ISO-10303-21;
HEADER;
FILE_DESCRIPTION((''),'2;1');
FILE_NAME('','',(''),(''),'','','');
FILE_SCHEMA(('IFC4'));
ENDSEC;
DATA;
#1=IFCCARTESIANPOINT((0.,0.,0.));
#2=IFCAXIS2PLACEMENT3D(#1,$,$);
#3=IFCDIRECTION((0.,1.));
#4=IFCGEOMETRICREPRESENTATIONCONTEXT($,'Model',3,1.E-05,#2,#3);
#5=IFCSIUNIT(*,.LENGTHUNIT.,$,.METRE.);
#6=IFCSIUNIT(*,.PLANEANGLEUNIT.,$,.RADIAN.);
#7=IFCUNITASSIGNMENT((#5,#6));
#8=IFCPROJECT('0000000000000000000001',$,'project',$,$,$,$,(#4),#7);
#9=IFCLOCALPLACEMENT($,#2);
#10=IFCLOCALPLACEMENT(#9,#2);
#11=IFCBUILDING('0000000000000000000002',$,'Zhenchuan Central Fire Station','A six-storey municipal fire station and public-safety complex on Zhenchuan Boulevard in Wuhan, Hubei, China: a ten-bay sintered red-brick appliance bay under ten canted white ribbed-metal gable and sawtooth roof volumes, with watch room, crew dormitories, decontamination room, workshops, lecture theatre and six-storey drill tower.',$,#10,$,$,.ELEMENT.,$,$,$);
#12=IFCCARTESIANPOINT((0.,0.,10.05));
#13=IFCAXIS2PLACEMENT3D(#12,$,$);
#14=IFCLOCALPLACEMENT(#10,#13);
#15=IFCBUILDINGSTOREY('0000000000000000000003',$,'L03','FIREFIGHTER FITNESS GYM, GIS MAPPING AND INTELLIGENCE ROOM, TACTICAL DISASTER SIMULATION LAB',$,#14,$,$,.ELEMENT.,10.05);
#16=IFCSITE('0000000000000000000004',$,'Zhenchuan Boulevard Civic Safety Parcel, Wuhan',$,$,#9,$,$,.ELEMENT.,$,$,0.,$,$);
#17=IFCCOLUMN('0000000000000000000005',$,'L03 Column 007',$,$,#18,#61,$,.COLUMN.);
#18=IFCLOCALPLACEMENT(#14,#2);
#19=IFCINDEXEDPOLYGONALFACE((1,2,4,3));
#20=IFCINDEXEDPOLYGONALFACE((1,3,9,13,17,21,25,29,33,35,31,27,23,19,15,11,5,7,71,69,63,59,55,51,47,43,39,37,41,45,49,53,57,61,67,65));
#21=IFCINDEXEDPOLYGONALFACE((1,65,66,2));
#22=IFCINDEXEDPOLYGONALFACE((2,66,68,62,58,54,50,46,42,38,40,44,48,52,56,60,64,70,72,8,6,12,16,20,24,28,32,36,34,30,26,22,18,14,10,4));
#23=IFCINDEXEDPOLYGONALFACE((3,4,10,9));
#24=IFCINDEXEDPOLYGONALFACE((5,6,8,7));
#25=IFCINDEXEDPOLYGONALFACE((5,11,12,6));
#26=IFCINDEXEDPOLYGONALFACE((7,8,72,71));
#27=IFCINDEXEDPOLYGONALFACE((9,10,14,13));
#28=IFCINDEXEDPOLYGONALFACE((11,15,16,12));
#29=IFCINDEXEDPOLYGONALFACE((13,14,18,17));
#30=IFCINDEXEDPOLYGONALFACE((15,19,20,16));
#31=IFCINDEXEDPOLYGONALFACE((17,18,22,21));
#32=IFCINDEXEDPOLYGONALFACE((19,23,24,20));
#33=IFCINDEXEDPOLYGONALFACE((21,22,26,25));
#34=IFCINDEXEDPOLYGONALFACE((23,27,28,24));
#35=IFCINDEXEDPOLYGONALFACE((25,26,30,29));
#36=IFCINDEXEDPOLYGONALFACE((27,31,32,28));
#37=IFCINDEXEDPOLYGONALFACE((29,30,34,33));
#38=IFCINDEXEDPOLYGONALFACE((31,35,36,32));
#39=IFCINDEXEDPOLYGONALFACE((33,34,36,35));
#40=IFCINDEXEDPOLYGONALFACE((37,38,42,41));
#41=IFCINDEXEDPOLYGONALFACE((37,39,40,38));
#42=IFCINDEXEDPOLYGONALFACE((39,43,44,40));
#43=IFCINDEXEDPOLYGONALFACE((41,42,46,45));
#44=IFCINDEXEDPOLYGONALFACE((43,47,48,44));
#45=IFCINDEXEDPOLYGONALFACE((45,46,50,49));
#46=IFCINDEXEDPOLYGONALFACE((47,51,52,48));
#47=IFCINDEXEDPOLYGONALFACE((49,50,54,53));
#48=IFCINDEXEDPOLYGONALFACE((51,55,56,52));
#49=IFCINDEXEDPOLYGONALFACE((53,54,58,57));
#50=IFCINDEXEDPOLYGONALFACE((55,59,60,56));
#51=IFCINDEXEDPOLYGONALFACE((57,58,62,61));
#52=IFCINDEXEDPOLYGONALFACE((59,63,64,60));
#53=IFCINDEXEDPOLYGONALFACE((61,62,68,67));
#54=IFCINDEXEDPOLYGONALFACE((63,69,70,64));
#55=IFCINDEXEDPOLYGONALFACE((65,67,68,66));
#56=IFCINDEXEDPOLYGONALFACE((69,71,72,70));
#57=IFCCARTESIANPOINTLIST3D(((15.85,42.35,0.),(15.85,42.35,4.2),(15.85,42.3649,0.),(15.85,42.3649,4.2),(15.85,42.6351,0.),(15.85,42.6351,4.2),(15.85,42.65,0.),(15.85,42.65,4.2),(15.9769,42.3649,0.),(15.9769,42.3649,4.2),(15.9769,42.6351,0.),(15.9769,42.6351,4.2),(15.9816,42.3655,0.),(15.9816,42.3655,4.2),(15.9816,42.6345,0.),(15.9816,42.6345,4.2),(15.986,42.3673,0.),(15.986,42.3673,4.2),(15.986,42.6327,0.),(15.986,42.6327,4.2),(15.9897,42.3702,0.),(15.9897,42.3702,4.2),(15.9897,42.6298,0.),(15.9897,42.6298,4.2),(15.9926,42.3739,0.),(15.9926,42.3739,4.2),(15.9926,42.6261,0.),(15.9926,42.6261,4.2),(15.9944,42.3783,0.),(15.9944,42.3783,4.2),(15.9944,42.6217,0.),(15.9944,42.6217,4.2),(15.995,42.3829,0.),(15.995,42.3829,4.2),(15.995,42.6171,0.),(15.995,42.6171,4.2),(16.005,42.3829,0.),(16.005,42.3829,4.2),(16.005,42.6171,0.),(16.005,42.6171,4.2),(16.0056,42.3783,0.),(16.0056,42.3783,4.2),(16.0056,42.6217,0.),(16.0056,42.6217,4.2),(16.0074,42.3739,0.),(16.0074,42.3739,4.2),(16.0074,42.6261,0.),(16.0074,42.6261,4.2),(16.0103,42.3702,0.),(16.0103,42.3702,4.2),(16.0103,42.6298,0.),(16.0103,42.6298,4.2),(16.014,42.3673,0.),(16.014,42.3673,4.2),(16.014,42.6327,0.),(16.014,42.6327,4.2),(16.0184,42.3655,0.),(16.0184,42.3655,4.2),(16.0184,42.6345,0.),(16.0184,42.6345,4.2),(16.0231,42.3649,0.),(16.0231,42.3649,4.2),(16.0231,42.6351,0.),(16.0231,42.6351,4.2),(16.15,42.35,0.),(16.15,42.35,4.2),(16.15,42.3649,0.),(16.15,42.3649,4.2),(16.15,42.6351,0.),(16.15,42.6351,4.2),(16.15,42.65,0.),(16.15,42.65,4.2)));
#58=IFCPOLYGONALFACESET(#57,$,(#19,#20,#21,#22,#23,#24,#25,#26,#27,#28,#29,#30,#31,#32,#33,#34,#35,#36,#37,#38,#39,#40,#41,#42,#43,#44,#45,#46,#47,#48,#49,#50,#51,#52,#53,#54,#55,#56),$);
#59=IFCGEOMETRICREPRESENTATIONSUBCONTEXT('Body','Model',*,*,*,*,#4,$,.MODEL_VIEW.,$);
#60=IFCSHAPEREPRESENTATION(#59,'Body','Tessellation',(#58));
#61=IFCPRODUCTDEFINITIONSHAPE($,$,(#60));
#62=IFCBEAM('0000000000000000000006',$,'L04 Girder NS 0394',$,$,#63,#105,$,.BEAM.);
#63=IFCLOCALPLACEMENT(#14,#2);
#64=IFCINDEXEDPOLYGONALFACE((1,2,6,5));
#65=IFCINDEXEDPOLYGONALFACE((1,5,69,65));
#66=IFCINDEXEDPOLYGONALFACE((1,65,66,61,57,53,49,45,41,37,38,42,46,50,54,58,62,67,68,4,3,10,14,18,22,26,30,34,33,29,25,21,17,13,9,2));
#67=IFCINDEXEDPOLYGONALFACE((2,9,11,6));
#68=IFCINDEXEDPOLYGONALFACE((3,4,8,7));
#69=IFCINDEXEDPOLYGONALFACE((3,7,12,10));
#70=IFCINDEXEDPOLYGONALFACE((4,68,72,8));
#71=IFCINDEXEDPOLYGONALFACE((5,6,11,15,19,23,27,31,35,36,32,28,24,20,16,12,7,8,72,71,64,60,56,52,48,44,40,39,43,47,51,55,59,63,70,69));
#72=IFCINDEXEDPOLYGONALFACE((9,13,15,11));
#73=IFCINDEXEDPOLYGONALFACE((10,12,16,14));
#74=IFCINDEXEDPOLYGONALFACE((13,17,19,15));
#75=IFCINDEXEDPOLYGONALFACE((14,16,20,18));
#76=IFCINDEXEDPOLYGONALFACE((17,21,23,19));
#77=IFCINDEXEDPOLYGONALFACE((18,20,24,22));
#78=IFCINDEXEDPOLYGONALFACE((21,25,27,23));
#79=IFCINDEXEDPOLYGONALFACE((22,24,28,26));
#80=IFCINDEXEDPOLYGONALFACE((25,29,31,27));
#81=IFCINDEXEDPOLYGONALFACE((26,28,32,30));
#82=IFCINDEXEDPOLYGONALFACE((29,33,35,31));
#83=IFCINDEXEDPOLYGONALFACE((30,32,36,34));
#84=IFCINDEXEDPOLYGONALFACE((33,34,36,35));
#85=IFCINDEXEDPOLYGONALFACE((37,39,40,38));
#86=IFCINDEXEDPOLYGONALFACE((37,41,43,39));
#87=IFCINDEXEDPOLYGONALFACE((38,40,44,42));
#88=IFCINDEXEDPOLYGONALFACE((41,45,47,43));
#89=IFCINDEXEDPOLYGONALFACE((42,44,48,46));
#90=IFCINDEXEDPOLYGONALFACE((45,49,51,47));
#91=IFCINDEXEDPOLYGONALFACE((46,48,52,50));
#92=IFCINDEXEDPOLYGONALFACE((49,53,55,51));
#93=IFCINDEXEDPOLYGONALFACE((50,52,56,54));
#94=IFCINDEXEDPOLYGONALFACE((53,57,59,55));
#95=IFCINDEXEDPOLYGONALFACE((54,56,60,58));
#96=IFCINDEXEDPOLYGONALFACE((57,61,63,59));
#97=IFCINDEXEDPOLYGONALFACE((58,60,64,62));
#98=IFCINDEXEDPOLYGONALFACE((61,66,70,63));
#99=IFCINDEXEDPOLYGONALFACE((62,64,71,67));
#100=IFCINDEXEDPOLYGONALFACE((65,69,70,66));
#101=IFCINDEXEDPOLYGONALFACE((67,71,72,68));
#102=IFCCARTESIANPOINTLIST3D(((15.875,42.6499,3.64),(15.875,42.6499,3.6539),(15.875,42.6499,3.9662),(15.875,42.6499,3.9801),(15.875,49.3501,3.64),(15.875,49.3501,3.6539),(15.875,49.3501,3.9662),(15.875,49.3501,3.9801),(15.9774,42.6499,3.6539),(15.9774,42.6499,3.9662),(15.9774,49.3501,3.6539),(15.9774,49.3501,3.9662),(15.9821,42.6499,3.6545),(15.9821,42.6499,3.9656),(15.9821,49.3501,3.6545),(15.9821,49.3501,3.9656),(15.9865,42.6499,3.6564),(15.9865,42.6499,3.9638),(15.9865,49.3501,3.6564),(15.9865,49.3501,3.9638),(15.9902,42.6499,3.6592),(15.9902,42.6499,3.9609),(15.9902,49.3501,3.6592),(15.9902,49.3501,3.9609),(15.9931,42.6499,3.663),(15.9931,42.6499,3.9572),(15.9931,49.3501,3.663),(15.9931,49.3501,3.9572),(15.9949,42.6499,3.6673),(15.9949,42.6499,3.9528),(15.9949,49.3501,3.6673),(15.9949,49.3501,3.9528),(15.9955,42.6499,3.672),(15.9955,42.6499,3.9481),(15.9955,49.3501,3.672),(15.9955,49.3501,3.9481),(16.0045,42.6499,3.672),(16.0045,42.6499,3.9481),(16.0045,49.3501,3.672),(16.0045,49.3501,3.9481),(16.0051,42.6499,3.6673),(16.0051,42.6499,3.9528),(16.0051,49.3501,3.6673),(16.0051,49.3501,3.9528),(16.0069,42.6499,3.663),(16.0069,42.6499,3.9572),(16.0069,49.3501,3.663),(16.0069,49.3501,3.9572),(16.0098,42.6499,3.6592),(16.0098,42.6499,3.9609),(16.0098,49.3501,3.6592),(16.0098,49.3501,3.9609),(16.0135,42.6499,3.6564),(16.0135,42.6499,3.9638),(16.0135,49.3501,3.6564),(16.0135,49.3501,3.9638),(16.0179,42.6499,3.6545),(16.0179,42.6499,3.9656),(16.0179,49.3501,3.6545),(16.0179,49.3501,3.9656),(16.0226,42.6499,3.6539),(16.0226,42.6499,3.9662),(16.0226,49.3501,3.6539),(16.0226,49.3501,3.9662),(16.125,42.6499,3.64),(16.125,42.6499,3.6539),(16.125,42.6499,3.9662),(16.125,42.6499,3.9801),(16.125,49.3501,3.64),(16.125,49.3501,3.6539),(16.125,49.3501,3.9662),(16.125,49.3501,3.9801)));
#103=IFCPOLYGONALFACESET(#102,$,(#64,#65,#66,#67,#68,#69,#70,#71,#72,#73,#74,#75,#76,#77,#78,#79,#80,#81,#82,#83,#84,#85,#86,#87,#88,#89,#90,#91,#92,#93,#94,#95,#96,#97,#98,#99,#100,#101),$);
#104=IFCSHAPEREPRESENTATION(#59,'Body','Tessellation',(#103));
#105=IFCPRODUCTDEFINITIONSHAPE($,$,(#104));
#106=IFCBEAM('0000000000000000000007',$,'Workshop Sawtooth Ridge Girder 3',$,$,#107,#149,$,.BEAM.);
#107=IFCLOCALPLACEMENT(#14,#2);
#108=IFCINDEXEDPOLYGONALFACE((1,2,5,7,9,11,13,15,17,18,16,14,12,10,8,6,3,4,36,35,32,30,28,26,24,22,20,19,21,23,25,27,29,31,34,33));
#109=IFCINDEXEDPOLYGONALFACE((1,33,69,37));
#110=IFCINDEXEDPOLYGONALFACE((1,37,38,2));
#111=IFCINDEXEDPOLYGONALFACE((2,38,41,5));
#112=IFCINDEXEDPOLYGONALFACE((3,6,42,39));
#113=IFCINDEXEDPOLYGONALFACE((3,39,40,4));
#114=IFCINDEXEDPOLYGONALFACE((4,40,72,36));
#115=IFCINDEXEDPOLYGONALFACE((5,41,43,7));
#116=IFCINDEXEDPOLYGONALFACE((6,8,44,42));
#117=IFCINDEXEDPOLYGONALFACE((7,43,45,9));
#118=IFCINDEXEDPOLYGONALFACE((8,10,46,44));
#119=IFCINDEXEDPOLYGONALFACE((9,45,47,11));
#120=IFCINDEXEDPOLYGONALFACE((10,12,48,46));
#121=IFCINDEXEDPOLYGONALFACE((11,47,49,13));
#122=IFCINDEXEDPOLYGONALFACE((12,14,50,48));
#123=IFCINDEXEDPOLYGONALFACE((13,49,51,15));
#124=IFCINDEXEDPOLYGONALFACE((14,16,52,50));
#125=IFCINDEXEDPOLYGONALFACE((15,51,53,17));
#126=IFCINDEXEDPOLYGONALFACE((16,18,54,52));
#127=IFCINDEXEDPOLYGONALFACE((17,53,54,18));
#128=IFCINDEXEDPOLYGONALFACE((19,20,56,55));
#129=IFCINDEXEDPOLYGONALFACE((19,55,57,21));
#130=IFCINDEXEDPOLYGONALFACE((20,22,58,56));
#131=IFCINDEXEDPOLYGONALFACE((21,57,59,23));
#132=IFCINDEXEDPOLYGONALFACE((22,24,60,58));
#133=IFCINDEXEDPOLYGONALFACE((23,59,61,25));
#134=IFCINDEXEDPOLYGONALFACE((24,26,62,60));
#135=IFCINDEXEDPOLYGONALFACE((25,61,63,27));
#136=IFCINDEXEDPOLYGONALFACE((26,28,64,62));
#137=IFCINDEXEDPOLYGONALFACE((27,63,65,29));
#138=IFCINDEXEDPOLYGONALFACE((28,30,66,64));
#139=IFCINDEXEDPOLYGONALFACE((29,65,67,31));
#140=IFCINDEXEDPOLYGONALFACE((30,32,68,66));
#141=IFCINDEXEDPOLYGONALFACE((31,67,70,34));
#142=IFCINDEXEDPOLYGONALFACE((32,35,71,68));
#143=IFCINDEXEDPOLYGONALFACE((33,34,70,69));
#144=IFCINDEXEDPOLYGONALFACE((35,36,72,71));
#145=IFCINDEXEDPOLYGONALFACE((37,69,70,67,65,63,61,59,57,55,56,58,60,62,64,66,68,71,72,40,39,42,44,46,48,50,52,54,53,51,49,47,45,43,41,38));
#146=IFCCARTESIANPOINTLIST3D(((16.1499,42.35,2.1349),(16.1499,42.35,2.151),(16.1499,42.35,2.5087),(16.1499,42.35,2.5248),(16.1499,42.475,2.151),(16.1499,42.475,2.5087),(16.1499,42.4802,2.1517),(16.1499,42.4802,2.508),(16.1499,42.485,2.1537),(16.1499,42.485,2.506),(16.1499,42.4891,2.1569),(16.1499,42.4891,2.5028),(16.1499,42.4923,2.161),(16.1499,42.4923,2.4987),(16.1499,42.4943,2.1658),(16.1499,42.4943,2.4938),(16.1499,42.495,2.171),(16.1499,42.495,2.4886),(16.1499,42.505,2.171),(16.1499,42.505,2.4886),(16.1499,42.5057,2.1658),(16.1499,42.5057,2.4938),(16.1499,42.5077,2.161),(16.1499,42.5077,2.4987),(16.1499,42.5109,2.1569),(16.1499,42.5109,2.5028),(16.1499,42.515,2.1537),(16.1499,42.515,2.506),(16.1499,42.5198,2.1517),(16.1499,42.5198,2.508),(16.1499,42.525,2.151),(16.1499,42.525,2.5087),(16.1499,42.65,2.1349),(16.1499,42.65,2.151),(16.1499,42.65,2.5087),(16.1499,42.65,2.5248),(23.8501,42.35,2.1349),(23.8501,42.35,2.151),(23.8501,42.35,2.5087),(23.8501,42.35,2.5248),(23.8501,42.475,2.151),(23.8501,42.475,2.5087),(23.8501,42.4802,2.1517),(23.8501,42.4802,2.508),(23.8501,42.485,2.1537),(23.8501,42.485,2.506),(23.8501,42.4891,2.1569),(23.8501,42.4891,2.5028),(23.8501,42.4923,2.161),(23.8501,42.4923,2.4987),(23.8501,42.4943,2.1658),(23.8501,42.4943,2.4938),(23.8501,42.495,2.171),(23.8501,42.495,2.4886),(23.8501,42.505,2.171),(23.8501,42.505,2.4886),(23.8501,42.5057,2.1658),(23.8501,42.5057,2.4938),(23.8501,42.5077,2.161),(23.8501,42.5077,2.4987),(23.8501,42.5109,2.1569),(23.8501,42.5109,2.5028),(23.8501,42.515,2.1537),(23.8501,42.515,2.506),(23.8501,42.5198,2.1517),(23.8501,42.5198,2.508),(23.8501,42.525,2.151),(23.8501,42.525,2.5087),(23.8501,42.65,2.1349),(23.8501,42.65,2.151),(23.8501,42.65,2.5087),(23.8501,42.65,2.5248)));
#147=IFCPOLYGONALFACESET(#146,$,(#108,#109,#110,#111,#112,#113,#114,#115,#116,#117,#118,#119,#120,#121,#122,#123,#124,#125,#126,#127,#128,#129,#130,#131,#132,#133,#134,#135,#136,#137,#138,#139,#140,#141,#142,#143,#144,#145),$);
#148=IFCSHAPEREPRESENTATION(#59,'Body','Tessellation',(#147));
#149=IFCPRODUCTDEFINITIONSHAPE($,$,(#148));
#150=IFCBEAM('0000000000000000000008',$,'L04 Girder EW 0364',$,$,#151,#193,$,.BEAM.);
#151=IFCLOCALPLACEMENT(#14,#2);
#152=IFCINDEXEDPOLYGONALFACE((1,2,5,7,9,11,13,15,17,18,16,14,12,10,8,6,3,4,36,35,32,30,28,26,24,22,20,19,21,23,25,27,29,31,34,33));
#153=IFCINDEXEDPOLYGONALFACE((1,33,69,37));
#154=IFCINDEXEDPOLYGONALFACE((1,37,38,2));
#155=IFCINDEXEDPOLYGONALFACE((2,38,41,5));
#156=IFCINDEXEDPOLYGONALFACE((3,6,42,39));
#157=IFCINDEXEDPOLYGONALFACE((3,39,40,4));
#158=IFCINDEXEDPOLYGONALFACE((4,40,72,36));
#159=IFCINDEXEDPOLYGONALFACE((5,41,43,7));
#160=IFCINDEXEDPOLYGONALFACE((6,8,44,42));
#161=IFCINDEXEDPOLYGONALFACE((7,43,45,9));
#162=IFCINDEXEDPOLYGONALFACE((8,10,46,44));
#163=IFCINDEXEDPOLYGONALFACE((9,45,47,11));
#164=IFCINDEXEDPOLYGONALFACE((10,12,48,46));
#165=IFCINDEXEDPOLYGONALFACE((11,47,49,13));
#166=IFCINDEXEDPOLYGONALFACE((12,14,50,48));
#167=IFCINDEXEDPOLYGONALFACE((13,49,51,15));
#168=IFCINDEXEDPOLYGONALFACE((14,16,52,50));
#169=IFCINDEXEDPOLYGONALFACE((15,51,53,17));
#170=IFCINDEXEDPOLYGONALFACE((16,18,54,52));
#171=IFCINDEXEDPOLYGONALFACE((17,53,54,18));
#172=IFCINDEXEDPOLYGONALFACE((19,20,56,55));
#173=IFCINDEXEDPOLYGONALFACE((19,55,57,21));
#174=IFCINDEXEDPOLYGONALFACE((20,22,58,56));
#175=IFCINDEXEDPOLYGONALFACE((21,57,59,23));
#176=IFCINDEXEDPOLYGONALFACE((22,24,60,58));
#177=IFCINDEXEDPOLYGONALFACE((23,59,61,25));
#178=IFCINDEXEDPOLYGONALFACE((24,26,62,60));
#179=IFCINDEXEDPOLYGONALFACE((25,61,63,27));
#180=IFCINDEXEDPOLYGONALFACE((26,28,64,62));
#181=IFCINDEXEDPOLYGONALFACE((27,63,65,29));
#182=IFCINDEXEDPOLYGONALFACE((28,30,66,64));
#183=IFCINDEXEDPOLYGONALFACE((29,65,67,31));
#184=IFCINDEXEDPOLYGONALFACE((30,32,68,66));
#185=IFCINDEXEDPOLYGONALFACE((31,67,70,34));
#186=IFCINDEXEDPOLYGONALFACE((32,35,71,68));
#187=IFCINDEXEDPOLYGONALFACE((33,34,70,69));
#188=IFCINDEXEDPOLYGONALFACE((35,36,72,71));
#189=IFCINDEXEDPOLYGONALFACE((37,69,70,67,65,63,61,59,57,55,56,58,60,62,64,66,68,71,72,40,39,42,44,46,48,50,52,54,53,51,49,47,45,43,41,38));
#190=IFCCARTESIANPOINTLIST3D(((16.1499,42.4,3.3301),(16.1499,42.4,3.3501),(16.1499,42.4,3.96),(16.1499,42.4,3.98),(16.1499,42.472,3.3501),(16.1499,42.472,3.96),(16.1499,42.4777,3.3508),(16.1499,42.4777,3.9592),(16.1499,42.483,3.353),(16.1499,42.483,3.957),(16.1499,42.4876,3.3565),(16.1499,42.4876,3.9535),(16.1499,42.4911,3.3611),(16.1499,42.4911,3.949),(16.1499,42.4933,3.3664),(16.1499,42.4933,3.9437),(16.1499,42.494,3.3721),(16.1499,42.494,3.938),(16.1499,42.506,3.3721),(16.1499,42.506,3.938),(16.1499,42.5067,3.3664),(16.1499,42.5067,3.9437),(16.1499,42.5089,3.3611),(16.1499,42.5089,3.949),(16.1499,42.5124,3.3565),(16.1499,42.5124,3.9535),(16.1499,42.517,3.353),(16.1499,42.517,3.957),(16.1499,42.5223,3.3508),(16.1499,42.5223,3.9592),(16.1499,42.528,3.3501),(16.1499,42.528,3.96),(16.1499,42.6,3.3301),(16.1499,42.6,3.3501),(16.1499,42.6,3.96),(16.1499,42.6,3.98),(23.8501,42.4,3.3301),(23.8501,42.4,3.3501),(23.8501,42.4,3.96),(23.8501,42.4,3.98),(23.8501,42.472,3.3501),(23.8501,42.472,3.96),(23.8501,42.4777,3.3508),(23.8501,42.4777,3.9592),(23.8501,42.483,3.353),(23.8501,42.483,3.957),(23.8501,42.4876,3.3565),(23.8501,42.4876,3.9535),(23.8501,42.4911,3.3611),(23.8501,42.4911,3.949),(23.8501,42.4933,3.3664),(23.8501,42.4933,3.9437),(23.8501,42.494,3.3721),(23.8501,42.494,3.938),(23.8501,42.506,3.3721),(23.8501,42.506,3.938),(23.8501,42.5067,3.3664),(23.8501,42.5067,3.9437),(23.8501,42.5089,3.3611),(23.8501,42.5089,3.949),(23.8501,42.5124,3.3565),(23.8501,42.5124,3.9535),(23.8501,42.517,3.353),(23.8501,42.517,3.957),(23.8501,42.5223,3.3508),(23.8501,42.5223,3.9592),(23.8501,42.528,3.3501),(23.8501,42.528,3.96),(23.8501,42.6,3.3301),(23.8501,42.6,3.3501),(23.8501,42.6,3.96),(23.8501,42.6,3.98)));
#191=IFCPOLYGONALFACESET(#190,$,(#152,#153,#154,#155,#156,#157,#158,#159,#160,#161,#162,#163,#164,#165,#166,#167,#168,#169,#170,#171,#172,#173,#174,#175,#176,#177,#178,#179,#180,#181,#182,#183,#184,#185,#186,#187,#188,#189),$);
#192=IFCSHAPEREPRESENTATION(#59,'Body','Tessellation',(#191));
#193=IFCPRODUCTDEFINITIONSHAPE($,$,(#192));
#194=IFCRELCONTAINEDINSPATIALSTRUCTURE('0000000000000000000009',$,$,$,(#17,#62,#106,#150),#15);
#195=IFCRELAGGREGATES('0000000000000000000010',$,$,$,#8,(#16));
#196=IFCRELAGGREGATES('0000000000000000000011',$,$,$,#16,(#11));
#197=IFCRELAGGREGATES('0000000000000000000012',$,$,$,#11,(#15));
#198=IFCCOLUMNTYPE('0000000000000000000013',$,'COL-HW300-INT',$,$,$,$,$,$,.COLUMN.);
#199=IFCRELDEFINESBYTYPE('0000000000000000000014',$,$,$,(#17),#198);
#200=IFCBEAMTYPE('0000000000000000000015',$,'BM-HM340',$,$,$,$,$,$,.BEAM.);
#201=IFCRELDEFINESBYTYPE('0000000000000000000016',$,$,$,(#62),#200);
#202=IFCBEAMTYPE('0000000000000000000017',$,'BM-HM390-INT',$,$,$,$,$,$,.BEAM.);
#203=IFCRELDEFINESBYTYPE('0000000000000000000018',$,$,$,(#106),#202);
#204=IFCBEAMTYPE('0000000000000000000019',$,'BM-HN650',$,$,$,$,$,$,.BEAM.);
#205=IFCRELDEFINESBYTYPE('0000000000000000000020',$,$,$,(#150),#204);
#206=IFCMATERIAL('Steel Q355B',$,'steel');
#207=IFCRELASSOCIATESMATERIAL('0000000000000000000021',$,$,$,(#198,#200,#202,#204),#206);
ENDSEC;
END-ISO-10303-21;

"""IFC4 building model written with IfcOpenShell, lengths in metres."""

from ifc_helpers import new_model, si_unit, direction, frame, origin, origin_2d, place, context, subcontext, project, spatial, i_section, extrude, material, material_profile, profile_set, type_object, element, save


model = new_model("IFC4")

# Units and contexts
model_context = context("Model", 3, precision=1e-05, world=origin(), true_north=direction((0.0, 1.0)))
body_context = subcontext(model_context, "Body", "Model", "MODEL_VIEW")
ifc_project = project(units=[si_unit("LENGTHUNIT", "METRE"), si_unit("PLANEANGLEUNIT", "RADIAN")], contexts=[model_context])

# Site, building, storey
site_placement = place(None, origin())
site = spatial("IfcSite", under=ifc_project, at=site_placement, Name="Zhenchuan Boulevard Civic Safety Parcel, Wuhan", CompositionType="ELEMENT", RefElevation=0.0)
building_placement = place(site_placement, origin())
building = spatial("IfcBuilding", under=site, at=building_placement, Name="Zhenchuan Central Fire Station", Description="A six-storey municipal fire station and public-safety complex on Zhenchuan Boulevard in Wuhan, Hubei, China: a ten-bay sintered red-brick appliance bay under ten canted white ribbed-metal gable and sawtooth roof volumes, with watch room, crew dormitories, decontamination room, workshops, lecture theatre and six-storey drill tower.", CompositionType="ELEMENT")
storey_placement = place(building_placement, frame((0.0, 0.0, 10.05)))
storey = spatial("IfcBuildingStorey", under=building, at=storey_placement, Name="L03", Description="FIREFIGHTER FITNESS GYM, GIS MAPPING AND INTELLIGENCE ROOM, TACTICAL DISASTER SIMULATION LAB", CompositionType="ELEMENT", Elevation=10.05)

# Column
ifc_material_1 = material(Name="Steel Q355B", Category="steel")
ifc_material_profile_1 = material_profile(ifc_material_1, i_section(OverallWidth=0.3, OverallDepth=0.3, WebThickness=0.01, FlangeThickness=0.0149, FilletRadius=0.0181, at=origin_2d()), Name="HW 300x300")
ifc_profile_set_1 = profile_set([ifc_material_profile_1], Name="Steel Q355B")
column_type = type_object("IfcColumnType", Name="COL-HW300-INT", PredefinedType="COLUMN", material=ifc_profile_set_1)
column_placement = place(storey_placement, frame((16.0, 42.5, 0.0), z_axis=(0.0, 0.0, 1.0), x_axis=(1.0, 0.0, 0.0)))
element("IfcColumn", 1, at=column_placement, inside=storey, type_object=column_type, Name="L03 Column 007", PredefinedType="COLUMN", context=body_context, shape_type="SweptSolid", body=[
    extrude(i_section(OverallWidth=0.3, OverallDepth=0.3, WebThickness=0.01, FlangeThickness=0.0149, FilletRadius=0.0181, at=origin_2d()), origin(), (0.0, 0.0, 1.0), 4.2),
])

# Beams
ifc_material_profile_2 = material_profile(ifc_material_1, i_section(OverallWidth=0.25, OverallDepth=0.3401, WebThickness=0.009, FlangeThickness=0.0139, FilletRadius=0.0181, at=origin_2d()), Name="HM 340x250")
ifc_profile_set_2 = profile_set([ifc_material_profile_2], Name="Steel Q355B")
beam_type_1 = type_object("IfcBeamType", Name="BM-HM340", PredefinedType="BEAM", material=ifc_profile_set_2)
beam_1_placement = place(storey_placement, frame((16.0, 42.6499, 3.8101), z_axis=(0.0, 1.0, 0.0), x_axis=(-1.0, 0.0, 0.0)))
element("IfcBeam", 2, at=beam_1_placement, inside=storey, type_object=beam_type_1, Name="L04 Girder NS 0394", PredefinedType="BEAM", context=body_context, shape_type="SweptSolid", body=[
    extrude(i_section(OverallWidth=0.25, OverallDepth=0.3401, WebThickness=0.009, FlangeThickness=0.0139, FilletRadius=0.0181, at=origin_2d()), origin(), (0.0, 0.0, 1.0), 6.7002),
])
ifc_material_profile_3 = material_profile(ifc_material_1, i_section(OverallWidth=0.3, OverallDepth=0.3899, WebThickness=0.01, FlangeThickness=0.0161, FilletRadius=0.02, at=origin_2d()), Name="HM 390x300")
ifc_profile_set_3 = profile_set([ifc_material_profile_3], Name="Steel Q355B")
beam_type_2 = type_object("IfcBeamType", Name="BM-HM390-INT", PredefinedType="BEAM", material=ifc_profile_set_3)
beam_2_placement = place(storey_placement, frame((16.1499, 42.5, 2.3298), z_axis=(1.0, 0.0, 0.0), x_axis=(0.0, 1.0, 0.0)))
element("IfcBeam", 3, at=beam_2_placement, inside=storey, type_object=beam_type_2, Name="Workshop Sawtooth Ridge Girder 3", PredefinedType="BEAM", context=body_context, shape_type="SweptSolid", body=[
    extrude(i_section(OverallWidth=0.3, OverallDepth=0.3899, WebThickness=0.01, FlangeThickness=0.0161, FilletRadius=0.02, at=origin_2d()), origin(), (0.0, 0.0, 1.0), 7.7002),
])
ifc_material_profile_4 = material_profile(ifc_material_1, i_section(OverallWidth=0.2, OverallDepth=0.6499, WebThickness=0.012, FlangeThickness=0.02, FilletRadius=0.022, at=origin_2d()), Name="HN 650x200")
ifc_profile_set_4 = profile_set([ifc_material_profile_4], Name="Steel Q355B")
beam_type_3 = type_object("IfcBeamType", Name="BM-HN650", PredefinedType="BEAM", material=ifc_profile_set_4)
beam_3_placement = place(storey_placement, frame((16.1499, 42.5, 3.655), z_axis=(1.0, 0.0, 0.0), x_axis=(0.0, 1.0, 0.0)))
element("IfcBeam", 4, at=beam_3_placement, inside=storey, type_object=beam_type_3, Name="L04 Girder EW 0364", PredefinedType="BEAM", context=body_context, shape_type="SweptSolid", body=[
    extrude(i_section(OverallWidth=0.2, OverallDepth=0.6499, WebThickness=0.012, FlangeThickness=0.02, FilletRadius=0.022, at=origin_2d()), origin(), (0.0, 0.0, 1.0), 7.7002),
])

save(model, "model.ifc")
